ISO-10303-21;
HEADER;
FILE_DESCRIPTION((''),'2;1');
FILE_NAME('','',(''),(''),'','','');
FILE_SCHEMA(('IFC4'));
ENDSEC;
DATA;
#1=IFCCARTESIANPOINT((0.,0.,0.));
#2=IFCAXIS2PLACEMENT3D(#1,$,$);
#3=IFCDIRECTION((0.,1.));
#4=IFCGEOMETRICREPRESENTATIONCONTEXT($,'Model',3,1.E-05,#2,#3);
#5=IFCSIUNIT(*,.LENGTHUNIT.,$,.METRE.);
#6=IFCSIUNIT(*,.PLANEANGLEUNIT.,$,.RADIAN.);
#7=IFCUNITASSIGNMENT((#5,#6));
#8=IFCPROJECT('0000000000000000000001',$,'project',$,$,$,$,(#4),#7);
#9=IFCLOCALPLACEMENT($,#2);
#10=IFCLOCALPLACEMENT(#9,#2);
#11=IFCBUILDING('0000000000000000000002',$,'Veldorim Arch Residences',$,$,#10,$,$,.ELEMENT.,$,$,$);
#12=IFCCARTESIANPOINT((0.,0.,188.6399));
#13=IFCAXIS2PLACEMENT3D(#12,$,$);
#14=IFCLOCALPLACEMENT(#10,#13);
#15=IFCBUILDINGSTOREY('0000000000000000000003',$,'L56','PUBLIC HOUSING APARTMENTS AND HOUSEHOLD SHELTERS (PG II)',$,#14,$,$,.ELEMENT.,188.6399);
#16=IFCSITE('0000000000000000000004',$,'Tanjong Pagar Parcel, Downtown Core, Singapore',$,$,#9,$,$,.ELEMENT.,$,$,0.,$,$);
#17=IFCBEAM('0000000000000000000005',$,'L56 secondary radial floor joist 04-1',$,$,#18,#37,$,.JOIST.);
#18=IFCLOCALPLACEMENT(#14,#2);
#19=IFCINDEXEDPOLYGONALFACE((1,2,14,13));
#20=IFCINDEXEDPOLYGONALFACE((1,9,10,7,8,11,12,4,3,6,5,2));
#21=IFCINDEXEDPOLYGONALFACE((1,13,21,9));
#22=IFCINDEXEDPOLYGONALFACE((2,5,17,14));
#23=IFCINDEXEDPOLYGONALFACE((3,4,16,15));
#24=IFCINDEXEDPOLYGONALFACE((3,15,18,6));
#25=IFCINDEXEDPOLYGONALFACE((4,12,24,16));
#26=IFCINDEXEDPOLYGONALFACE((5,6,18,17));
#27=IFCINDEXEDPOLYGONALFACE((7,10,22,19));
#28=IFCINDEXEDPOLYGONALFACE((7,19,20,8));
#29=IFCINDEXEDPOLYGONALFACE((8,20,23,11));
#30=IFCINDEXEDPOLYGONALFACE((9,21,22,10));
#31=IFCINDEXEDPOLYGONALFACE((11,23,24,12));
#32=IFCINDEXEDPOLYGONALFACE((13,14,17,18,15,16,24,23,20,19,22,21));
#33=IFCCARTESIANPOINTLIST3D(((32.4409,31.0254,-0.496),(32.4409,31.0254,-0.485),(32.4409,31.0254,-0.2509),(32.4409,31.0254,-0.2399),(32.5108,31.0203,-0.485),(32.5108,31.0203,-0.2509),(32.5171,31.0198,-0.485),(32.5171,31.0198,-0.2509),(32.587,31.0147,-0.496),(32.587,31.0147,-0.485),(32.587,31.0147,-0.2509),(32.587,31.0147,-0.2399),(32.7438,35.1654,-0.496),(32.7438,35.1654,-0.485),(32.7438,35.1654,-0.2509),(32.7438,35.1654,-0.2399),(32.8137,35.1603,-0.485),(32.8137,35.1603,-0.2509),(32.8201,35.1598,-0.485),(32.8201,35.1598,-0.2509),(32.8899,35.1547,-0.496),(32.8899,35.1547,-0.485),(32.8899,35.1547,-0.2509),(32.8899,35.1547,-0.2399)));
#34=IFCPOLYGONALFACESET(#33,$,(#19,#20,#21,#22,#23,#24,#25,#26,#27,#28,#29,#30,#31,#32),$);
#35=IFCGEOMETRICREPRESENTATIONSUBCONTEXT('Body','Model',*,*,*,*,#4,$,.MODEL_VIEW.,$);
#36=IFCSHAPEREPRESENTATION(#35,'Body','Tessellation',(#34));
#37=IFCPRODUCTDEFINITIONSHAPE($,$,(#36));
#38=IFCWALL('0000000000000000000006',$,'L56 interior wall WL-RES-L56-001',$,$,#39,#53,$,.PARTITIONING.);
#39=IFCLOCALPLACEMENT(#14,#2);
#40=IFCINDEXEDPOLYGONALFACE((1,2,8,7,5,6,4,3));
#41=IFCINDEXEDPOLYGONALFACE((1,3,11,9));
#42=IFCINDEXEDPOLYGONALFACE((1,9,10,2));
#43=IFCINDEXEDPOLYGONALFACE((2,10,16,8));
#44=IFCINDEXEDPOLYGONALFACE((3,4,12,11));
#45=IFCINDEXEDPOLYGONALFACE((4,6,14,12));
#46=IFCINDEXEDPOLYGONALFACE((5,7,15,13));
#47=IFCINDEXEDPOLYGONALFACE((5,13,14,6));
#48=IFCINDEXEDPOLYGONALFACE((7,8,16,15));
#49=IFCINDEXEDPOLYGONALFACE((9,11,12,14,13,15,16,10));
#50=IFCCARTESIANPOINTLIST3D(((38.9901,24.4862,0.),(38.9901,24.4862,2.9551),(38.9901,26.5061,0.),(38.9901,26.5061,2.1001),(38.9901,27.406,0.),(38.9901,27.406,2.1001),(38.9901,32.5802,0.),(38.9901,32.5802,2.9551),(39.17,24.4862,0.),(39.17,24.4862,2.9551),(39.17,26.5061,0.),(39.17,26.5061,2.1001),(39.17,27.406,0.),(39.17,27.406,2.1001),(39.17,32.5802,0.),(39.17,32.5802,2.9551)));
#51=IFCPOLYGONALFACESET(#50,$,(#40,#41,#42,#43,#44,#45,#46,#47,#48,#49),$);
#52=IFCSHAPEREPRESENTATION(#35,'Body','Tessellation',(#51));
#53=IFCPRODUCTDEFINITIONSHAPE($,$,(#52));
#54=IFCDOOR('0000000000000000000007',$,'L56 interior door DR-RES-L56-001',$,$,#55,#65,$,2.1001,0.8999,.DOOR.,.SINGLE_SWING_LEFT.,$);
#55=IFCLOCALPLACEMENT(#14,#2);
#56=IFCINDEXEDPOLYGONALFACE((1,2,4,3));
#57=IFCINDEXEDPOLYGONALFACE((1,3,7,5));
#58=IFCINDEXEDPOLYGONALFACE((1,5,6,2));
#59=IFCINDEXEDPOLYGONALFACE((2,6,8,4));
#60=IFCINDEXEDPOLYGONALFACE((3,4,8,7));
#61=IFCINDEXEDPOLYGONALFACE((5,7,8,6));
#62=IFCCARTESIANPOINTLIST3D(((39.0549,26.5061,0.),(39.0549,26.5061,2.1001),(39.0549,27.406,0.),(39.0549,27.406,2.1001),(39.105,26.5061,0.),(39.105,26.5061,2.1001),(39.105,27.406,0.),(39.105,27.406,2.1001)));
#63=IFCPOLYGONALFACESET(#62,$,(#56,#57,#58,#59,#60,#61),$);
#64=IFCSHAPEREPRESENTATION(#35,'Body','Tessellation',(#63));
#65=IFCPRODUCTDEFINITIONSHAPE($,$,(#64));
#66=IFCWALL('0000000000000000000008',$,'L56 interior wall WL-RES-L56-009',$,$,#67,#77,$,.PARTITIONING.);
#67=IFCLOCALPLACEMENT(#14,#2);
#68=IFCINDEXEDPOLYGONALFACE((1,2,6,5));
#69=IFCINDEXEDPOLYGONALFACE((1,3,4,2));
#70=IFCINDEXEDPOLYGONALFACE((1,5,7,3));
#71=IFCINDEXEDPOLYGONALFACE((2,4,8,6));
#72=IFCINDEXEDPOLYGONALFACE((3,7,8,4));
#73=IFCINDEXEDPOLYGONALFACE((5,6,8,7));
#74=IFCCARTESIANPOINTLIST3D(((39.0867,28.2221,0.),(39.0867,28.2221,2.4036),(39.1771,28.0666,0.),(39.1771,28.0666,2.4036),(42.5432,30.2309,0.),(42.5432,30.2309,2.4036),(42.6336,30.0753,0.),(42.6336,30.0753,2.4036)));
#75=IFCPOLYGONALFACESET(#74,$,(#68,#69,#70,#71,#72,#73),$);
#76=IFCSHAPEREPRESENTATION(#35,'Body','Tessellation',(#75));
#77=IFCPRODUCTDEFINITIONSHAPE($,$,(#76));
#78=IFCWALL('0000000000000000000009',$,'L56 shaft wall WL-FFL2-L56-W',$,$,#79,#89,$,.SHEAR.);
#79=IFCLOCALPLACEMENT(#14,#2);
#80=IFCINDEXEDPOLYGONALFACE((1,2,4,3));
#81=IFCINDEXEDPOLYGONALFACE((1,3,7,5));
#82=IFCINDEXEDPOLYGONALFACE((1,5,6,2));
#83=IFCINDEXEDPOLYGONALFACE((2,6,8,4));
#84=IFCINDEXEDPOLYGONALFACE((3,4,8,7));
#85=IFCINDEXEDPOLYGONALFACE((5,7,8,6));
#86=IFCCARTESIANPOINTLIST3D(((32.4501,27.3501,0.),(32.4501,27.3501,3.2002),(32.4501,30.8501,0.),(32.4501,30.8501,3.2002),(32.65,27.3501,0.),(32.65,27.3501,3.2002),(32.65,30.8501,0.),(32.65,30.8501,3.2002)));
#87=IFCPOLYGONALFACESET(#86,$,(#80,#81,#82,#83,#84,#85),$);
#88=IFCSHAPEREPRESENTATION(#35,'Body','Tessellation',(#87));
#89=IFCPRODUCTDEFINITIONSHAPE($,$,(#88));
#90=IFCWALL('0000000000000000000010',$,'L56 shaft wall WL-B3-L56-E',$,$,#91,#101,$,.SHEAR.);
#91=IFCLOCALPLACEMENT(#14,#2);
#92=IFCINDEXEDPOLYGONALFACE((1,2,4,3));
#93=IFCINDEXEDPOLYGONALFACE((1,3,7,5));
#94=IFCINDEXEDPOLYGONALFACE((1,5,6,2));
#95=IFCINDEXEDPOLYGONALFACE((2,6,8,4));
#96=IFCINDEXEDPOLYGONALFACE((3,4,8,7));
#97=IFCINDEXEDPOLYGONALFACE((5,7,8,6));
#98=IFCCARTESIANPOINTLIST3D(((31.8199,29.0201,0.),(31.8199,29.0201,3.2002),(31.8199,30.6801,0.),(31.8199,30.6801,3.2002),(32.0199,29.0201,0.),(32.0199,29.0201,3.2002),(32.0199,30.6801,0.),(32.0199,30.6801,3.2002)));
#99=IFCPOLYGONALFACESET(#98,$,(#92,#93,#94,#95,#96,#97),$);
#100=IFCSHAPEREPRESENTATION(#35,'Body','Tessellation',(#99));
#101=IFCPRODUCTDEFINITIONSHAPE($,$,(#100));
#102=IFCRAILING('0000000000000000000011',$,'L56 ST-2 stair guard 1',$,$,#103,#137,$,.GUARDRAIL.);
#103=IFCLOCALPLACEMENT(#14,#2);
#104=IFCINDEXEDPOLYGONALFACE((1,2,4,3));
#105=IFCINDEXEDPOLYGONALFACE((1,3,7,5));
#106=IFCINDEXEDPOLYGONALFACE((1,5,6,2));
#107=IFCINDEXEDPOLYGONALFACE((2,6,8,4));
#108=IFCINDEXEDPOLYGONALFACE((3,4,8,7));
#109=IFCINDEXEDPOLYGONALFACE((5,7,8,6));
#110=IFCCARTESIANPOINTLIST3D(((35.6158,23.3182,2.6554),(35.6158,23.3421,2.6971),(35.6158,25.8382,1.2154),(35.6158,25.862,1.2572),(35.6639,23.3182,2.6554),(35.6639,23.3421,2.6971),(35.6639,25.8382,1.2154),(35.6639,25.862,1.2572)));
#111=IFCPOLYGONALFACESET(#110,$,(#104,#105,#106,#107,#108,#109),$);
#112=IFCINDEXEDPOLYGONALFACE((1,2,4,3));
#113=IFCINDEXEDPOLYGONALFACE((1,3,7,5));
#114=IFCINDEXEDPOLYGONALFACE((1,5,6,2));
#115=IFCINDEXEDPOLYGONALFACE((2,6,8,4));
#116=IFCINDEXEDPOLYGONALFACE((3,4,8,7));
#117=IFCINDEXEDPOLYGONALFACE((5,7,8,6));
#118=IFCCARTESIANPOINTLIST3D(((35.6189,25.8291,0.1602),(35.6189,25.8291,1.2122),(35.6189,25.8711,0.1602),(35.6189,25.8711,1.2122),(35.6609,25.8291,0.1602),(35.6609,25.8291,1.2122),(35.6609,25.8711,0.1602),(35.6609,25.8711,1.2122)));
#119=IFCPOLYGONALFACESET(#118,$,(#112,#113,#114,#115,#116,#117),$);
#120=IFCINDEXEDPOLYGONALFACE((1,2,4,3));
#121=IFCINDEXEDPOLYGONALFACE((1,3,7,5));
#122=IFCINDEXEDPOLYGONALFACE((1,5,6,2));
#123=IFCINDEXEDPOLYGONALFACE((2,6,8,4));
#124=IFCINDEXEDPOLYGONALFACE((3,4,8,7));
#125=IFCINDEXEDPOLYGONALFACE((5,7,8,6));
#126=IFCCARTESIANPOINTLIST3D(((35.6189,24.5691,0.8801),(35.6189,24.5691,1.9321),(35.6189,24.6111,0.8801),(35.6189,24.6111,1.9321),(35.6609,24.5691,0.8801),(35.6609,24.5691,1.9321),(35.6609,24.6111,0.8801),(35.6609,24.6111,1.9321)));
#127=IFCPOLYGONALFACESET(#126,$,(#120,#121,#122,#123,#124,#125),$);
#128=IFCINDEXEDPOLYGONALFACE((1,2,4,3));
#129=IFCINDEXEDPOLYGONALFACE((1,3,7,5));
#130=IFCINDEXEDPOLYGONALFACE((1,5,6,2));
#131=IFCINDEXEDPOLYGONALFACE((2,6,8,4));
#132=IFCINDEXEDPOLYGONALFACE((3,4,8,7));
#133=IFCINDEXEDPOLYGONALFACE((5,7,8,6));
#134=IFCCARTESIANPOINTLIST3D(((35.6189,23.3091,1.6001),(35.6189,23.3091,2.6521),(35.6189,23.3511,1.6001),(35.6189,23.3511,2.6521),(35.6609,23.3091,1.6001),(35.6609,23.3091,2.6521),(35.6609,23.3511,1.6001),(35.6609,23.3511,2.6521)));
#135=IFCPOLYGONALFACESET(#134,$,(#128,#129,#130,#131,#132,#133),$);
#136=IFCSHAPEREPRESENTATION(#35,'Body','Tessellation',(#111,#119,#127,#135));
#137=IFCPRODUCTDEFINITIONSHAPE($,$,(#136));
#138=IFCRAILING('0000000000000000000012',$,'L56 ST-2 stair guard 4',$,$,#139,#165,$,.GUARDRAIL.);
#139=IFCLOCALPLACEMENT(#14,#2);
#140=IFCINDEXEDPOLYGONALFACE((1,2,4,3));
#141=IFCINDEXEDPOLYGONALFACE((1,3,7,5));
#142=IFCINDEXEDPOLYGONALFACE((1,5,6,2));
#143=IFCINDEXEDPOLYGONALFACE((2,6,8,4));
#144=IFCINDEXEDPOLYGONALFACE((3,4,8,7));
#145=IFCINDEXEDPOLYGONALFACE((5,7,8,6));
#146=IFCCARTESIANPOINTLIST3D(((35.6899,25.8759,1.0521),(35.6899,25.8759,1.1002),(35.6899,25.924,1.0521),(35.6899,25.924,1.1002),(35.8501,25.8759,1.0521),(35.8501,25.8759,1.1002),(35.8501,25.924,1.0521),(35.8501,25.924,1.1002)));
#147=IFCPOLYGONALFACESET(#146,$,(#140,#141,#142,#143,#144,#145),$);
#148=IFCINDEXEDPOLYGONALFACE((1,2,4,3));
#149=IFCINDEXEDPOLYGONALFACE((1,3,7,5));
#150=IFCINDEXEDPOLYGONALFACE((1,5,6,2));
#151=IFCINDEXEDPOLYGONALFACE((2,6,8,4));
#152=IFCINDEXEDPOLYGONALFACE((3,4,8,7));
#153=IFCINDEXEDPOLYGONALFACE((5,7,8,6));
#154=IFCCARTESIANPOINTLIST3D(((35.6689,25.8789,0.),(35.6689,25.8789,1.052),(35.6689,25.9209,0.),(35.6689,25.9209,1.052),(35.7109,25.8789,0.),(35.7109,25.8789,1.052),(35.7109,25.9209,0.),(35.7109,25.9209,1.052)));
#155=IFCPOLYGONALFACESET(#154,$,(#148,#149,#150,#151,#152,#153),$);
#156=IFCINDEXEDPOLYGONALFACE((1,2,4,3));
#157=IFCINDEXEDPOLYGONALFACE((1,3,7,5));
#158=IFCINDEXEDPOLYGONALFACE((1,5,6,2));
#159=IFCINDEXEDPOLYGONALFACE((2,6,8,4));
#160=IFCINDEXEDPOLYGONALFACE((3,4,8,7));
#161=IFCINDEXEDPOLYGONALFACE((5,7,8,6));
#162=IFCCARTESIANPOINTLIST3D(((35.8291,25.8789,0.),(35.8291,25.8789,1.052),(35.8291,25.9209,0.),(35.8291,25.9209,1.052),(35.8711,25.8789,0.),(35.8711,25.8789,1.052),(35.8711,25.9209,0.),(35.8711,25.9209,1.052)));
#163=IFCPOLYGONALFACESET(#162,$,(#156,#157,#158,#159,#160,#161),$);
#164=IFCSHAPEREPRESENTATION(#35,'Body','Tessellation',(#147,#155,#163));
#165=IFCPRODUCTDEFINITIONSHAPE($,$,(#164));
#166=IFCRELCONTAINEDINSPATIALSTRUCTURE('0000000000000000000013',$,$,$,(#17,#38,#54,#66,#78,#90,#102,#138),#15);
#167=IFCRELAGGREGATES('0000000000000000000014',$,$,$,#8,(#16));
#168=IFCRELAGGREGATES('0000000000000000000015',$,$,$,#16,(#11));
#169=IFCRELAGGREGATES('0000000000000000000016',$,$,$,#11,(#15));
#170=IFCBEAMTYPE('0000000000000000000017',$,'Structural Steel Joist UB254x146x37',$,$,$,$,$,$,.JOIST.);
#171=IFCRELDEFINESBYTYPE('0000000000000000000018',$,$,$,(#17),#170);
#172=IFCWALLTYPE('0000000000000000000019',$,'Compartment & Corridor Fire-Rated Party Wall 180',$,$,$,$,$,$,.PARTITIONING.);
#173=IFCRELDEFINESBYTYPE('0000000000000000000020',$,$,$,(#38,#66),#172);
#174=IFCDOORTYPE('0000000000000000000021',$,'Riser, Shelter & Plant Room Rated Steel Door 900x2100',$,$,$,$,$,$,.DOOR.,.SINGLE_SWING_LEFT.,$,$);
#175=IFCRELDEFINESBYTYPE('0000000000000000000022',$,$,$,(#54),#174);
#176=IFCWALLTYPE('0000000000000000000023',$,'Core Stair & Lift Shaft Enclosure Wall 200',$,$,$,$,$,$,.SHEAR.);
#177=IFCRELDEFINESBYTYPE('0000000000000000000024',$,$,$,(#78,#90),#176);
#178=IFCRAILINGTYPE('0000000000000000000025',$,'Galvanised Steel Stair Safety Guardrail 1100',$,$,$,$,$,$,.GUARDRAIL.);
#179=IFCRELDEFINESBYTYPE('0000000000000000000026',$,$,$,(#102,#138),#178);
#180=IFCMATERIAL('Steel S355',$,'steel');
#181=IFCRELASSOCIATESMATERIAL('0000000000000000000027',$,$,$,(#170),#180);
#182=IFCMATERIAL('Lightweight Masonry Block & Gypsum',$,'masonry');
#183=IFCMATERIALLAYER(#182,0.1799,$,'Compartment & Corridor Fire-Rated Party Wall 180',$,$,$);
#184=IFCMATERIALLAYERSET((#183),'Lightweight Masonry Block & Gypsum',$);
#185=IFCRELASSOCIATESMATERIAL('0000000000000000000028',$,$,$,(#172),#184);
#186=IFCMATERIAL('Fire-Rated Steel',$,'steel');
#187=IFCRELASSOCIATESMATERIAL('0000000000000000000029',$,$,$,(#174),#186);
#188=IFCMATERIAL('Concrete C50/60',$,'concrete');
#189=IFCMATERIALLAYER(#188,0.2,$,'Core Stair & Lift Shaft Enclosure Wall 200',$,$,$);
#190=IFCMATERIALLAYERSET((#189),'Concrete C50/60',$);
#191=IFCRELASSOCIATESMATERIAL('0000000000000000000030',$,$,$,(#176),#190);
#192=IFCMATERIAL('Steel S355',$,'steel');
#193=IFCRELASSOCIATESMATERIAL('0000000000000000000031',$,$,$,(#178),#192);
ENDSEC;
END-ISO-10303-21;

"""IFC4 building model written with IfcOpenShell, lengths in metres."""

from ifc_helpers import new_model, si_unit, direction, frame, frame_2d, origin, origin_2d, place, context, subcontext, project, spatial, rectangle, i_section, extrude, material, layer, layer_set, material_profile, profile_set, type_object, element, fill, save


model = new_model("IFC4")

# Units and contexts
model_context = context("Model", 3, precision=1e-05, world=origin(), true_north=direction((0.0, 1.0)))
body_context = subcontext(model_context, "Body", "Model", "MODEL_VIEW")
ifc_project = project(units=[si_unit("LENGTHUNIT", "METRE"), si_unit("PLANEANGLEUNIT", "RADIAN")], contexts=[model_context])

# Site, building, storey
site_placement = place(None, origin())
site = spatial("IfcSite", under=ifc_project, at=site_placement, Name="Tanjong Pagar Parcel, Downtown Core, Singapore", CompositionType="ELEMENT", RefElevation=0.0)
building_placement = place(site_placement, origin())
building = spatial("IfcBuilding", under=site, at=building_placement, Name="Veldorim Arch Residences", CompositionType="ELEMENT")
storey_placement = place(building_placement, frame((0.0, 0.0, 188.6399)))
storey = spatial("IfcBuildingStorey", under=building, at=storey_placement, Name="L56", Description="PUBLIC HOUSING APARTMENTS AND HOUSEHOLD SHELTERS (PG II)", CompositionType="ELEMENT", Elevation=188.6399)

# Beam
ifc_material_1 = material(Name="Steel S355", Category="steel")
ifc_material_profile_1 = material_profile(ifc_material_1, i_section(OverallWidth=0.1465, OverallDepth=0.2561, WebThickness=0.0063, FlangeThickness=0.011, at=origin_2d()), Name="UB254x146x37")
ifc_profile_set_1 = profile_set([ifc_material_profile_1], Name="Steel S355")
beam_type_1 = type_object("IfcBeamType", Name="Structural Steel Joist UB254x146x37", PredefinedType="JOIST", material=ifc_profile_set_1)
beam_1_placement = place(storey_placement, frame((32.5139, 31.02, -0.3679), z_axis=(0.072986, 0.997333, 0.0), x_axis=(-0.997333, 0.072986, 0.0)))
element("IfcBeam", 1, at=beam_1_placement, inside=storey, type_object=beam_type_1, Name="L56 secondary radial floor joist 04-1", PredefinedType="JOIST", context=body_context, shape_type="SweptSolid", body=[
    extrude(i_section(OverallWidth=0.1465, OverallDepth=0.2561, WebThickness=0.0063, FlangeThickness=0.011, at=origin_2d()), origin(), (0.0, 0.0, 1.0), 4.1511),
])

# Wall, opening, door
ifc_material_2 = material(Name="Lightweight Masonry Block & Gypsum", Category="masonry")
ifc_layer_1 = layer(ifc_material_2, 0.1799, Name="Compartment & Corridor Fire-Rated Party Wall 180")
ifc_layer_set_1 = layer_set([ifc_layer_1], Name="Lightweight Masonry Block & Gypsum")
wall_type_1 = type_object("IfcWallType", Name="Compartment & Corridor Fire-Rated Party Wall 180", PredefinedType="PARTITIONING", material=ifc_layer_set_1)
wall_1_placement = place(storey_placement, frame((39.0801, 32.5801, 0.0), z_axis=(0.0, 0.0, 1.0), x_axis=(0.0, -1.0, 0.0)))
wall_1 = element("IfcWall", 2, at=wall_1_placement, inside=storey, type_object=wall_type_1, Name="L56 interior wall WL-RES-L56-001", PredefinedType="PARTITIONING", context=body_context, shape_type="SweptSolid", body=[
    extrude(rectangle(XDim=8.094, YDim=0.1799, at=frame_2d((4.0469, 0.0))), origin(), (0.0, 0.0, 1.0), 2.9551),
])
opening_1_placement = place(wall_1_placement, frame((5.1741, 0.0, 0.0)))
opening_1 = element("IfcOpeningElement", 3, at=opening_1_placement, cuts=wall_1, PredefinedType="OPENING", context=body_context, shape_type="SweptSolid", body=[
    extrude(rectangle(XDim=0.8999, YDim=2.1001, at=frame_2d((0.45, 1.05))), frame((0.0, 0.0999, 0.0), z_axis=(0.0, -1.0, 0.0), x_axis=(1.0, 0.0, 0.0)), (0.0, 0.0, 1.0), 0.2),
])
ifc_material_3 = material(Name="Fire-Rated Steel", Category="steel")
door_type_1 = type_object("IfcDoorType", Name="Riser, Shelter & Plant Room Rated Steel Door 900x2100", OperationType="SINGLE_SWING_LEFT", PredefinedType="DOOR", material=ifc_material_3)
door_1_placement = place(opening_1_placement, origin())
door_1 = element("IfcDoor", 4, at=door_1_placement, inside=storey, type_object=door_type_1, Name="L56 interior door DR-RES-L56-001", OperationType="SINGLE_SWING_LEFT", OverallHeight=2.1001, OverallWidth=0.8999, PredefinedType="DOOR", context=body_context, shape_type="SweptSolid", body=[
    extrude(rectangle(XDim=0.8999, YDim=2.1001, at=frame_2d((0.45, 1.05))), frame((0.0, 0.0249, 0.0), z_axis=(0.0, -1.0, 0.0), x_axis=(1.0, 0.0, 0.0)), (0.0, 0.0, 1.0), 0.05),
])
fill(opening_1, door_1)

# Wall
wall_2_placement = place(storey_placement, frame((39.1318, 28.1443, 0.0), z_axis=(0.0, 0.0, 1.0), x_axis=(0.864597, 0.502465, 0.0)))
element("IfcWall", 5, at=wall_2_placement, inside=storey, type_object=wall_type_1, Name="L56 interior wall WL-RES-L56-009", PredefinedType="PARTITIONING", context=body_context, shape_type="SweptSolid", body=[
    extrude(rectangle(XDim=3.9978, YDim=0.1799, at=frame_2d((1.999, 0.0))), origin(), (0.0, 0.0, 1.0), 2.4036),
])

# Shared definitions
ifc_material_4 = material(Name="Concrete C50/60", Category="concrete")
ifc_layer_2 = layer(ifc_material_4, 0.2, Name="Core Stair & Lift Shaft Enclosure Wall 200")
ifc_layer_set_2 = layer_set([ifc_layer_2], Name="Concrete C50/60")
wall_type_2 = type_object("IfcWallType", Name="Core Stair & Lift Shaft Enclosure Wall 200", PredefinedType="SHEAR", material=ifc_layer_set_2)

# Wall
wall_3_placement = place(storey_placement, frame((32.55, 27.3501, 0.0), z_axis=(0.0, 0.0, 1.0), x_axis=(0.0, 1.0, 0.0)))
element("IfcWall", 6, at=wall_3_placement, inside=storey, type_object=wall_type_2, Name="L56 shaft wall WL-FFL2-L56-W", PredefinedType="SHEAR", context=body_context, shape_type="SweptSolid", body=[
    extrude(rectangle(XDim=3.5, YDim=0.2, at=frame_2d((1.75, 0.0))), origin(), (0.0, 0.0, 1.0), 3.2002),
])

# Wall
wall_4_placement = place(storey_placement, frame((31.9199, 29.02, 0.0), z_axis=(0.0, 0.0, 1.0), x_axis=(0.0, 1.0, 0.0)))
element("IfcWall", 7, at=wall_4_placement, inside=storey, type_object=wall_type_2, Name="L56 shaft wall WL-B3-L56-E", PredefinedType="SHEAR", context=body_context, shape_type="SweptSolid", body=[
    extrude(rectangle(XDim=1.6599, YDim=0.2, at=frame_2d((0.8301, 0.0))), origin(), (0.0, 0.0, 1.0), 3.2002),
])

# Railings
ifc_material_5 = material(Name="Steel S355", Category="steel")
railing_type = type_object("IfcRailingType", Name="Galvanised Steel Stair Safety Guardrail 1100", PredefinedType="GUARDRAIL", material=ifc_material_5)
railing_1_placement = place(storey_placement, frame((35.6399, 25.8501, 0.1602)))
element("IfcRailing", 8, at=railing_1_placement, inside=storey, type_object=railing_type, Name="L56 ST-2 stair guard 1", PredefinedType="GUARDRAIL", context=body_context, shape_type="SweptSolid", body=[
    extrude(rectangle(XDim=0.0481, YDim=0.0481, at=origin_2d()), frame((0.0, 0.0, 1.0762), z_axis=(0.0, -0.868253, 0.496121), x_axis=(1.0, 0.0, 0.0)), (0.0, 0.0, 1.0), 2.9023),
    extrude(rectangle(XDim=0.042, YDim=0.042, at=origin_2d()), origin(), (0.0, 0.0, 1.0), 1.052),
    extrude(rectangle(XDim=0.042, YDim=0.042, at=origin_2d()), frame((0.0, -1.26, 0.72)), (0.0, 0.0, 1.0), 1.052),
    extrude(rectangle(XDim=0.042, YDim=0.042, at=origin_2d()), frame((0.0, -2.52, 1.4399)), (0.0, 0.0, 1.0), 1.052),
])
railing_2_placement = place(storey_placement, frame((35.6899, 25.8999, 0.0)))
element("IfcRailing", 9, at=railing_2_placement, inside=storey, type_object=railing_type, Name="L56 ST-2 stair guard 4", PredefinedType="GUARDRAIL", context=body_context, shape_type="SweptSolid", body=[
    extrude(rectangle(XDim=0.0481, YDim=0.0481, at=origin_2d()), frame((0.0, 0.0, 1.0762), z_axis=(1.0, 0.0, 0.0), x_axis=(0.0, 1.0, 0.0)), (0.0, 0.0, 1.0), 0.1602),
    extrude(rectangle(XDim=0.042, YDim=0.042, at=origin_2d()), origin(), (0.0, 0.0, 1.0), 1.052),
    extrude(rectangle(XDim=0.042, YDim=0.042, at=origin_2d()), frame((0.1602, 0.0, 0.0)), (0.0, 0.0, 1.0), 1.052),
])

save(model, "model.ifc")
